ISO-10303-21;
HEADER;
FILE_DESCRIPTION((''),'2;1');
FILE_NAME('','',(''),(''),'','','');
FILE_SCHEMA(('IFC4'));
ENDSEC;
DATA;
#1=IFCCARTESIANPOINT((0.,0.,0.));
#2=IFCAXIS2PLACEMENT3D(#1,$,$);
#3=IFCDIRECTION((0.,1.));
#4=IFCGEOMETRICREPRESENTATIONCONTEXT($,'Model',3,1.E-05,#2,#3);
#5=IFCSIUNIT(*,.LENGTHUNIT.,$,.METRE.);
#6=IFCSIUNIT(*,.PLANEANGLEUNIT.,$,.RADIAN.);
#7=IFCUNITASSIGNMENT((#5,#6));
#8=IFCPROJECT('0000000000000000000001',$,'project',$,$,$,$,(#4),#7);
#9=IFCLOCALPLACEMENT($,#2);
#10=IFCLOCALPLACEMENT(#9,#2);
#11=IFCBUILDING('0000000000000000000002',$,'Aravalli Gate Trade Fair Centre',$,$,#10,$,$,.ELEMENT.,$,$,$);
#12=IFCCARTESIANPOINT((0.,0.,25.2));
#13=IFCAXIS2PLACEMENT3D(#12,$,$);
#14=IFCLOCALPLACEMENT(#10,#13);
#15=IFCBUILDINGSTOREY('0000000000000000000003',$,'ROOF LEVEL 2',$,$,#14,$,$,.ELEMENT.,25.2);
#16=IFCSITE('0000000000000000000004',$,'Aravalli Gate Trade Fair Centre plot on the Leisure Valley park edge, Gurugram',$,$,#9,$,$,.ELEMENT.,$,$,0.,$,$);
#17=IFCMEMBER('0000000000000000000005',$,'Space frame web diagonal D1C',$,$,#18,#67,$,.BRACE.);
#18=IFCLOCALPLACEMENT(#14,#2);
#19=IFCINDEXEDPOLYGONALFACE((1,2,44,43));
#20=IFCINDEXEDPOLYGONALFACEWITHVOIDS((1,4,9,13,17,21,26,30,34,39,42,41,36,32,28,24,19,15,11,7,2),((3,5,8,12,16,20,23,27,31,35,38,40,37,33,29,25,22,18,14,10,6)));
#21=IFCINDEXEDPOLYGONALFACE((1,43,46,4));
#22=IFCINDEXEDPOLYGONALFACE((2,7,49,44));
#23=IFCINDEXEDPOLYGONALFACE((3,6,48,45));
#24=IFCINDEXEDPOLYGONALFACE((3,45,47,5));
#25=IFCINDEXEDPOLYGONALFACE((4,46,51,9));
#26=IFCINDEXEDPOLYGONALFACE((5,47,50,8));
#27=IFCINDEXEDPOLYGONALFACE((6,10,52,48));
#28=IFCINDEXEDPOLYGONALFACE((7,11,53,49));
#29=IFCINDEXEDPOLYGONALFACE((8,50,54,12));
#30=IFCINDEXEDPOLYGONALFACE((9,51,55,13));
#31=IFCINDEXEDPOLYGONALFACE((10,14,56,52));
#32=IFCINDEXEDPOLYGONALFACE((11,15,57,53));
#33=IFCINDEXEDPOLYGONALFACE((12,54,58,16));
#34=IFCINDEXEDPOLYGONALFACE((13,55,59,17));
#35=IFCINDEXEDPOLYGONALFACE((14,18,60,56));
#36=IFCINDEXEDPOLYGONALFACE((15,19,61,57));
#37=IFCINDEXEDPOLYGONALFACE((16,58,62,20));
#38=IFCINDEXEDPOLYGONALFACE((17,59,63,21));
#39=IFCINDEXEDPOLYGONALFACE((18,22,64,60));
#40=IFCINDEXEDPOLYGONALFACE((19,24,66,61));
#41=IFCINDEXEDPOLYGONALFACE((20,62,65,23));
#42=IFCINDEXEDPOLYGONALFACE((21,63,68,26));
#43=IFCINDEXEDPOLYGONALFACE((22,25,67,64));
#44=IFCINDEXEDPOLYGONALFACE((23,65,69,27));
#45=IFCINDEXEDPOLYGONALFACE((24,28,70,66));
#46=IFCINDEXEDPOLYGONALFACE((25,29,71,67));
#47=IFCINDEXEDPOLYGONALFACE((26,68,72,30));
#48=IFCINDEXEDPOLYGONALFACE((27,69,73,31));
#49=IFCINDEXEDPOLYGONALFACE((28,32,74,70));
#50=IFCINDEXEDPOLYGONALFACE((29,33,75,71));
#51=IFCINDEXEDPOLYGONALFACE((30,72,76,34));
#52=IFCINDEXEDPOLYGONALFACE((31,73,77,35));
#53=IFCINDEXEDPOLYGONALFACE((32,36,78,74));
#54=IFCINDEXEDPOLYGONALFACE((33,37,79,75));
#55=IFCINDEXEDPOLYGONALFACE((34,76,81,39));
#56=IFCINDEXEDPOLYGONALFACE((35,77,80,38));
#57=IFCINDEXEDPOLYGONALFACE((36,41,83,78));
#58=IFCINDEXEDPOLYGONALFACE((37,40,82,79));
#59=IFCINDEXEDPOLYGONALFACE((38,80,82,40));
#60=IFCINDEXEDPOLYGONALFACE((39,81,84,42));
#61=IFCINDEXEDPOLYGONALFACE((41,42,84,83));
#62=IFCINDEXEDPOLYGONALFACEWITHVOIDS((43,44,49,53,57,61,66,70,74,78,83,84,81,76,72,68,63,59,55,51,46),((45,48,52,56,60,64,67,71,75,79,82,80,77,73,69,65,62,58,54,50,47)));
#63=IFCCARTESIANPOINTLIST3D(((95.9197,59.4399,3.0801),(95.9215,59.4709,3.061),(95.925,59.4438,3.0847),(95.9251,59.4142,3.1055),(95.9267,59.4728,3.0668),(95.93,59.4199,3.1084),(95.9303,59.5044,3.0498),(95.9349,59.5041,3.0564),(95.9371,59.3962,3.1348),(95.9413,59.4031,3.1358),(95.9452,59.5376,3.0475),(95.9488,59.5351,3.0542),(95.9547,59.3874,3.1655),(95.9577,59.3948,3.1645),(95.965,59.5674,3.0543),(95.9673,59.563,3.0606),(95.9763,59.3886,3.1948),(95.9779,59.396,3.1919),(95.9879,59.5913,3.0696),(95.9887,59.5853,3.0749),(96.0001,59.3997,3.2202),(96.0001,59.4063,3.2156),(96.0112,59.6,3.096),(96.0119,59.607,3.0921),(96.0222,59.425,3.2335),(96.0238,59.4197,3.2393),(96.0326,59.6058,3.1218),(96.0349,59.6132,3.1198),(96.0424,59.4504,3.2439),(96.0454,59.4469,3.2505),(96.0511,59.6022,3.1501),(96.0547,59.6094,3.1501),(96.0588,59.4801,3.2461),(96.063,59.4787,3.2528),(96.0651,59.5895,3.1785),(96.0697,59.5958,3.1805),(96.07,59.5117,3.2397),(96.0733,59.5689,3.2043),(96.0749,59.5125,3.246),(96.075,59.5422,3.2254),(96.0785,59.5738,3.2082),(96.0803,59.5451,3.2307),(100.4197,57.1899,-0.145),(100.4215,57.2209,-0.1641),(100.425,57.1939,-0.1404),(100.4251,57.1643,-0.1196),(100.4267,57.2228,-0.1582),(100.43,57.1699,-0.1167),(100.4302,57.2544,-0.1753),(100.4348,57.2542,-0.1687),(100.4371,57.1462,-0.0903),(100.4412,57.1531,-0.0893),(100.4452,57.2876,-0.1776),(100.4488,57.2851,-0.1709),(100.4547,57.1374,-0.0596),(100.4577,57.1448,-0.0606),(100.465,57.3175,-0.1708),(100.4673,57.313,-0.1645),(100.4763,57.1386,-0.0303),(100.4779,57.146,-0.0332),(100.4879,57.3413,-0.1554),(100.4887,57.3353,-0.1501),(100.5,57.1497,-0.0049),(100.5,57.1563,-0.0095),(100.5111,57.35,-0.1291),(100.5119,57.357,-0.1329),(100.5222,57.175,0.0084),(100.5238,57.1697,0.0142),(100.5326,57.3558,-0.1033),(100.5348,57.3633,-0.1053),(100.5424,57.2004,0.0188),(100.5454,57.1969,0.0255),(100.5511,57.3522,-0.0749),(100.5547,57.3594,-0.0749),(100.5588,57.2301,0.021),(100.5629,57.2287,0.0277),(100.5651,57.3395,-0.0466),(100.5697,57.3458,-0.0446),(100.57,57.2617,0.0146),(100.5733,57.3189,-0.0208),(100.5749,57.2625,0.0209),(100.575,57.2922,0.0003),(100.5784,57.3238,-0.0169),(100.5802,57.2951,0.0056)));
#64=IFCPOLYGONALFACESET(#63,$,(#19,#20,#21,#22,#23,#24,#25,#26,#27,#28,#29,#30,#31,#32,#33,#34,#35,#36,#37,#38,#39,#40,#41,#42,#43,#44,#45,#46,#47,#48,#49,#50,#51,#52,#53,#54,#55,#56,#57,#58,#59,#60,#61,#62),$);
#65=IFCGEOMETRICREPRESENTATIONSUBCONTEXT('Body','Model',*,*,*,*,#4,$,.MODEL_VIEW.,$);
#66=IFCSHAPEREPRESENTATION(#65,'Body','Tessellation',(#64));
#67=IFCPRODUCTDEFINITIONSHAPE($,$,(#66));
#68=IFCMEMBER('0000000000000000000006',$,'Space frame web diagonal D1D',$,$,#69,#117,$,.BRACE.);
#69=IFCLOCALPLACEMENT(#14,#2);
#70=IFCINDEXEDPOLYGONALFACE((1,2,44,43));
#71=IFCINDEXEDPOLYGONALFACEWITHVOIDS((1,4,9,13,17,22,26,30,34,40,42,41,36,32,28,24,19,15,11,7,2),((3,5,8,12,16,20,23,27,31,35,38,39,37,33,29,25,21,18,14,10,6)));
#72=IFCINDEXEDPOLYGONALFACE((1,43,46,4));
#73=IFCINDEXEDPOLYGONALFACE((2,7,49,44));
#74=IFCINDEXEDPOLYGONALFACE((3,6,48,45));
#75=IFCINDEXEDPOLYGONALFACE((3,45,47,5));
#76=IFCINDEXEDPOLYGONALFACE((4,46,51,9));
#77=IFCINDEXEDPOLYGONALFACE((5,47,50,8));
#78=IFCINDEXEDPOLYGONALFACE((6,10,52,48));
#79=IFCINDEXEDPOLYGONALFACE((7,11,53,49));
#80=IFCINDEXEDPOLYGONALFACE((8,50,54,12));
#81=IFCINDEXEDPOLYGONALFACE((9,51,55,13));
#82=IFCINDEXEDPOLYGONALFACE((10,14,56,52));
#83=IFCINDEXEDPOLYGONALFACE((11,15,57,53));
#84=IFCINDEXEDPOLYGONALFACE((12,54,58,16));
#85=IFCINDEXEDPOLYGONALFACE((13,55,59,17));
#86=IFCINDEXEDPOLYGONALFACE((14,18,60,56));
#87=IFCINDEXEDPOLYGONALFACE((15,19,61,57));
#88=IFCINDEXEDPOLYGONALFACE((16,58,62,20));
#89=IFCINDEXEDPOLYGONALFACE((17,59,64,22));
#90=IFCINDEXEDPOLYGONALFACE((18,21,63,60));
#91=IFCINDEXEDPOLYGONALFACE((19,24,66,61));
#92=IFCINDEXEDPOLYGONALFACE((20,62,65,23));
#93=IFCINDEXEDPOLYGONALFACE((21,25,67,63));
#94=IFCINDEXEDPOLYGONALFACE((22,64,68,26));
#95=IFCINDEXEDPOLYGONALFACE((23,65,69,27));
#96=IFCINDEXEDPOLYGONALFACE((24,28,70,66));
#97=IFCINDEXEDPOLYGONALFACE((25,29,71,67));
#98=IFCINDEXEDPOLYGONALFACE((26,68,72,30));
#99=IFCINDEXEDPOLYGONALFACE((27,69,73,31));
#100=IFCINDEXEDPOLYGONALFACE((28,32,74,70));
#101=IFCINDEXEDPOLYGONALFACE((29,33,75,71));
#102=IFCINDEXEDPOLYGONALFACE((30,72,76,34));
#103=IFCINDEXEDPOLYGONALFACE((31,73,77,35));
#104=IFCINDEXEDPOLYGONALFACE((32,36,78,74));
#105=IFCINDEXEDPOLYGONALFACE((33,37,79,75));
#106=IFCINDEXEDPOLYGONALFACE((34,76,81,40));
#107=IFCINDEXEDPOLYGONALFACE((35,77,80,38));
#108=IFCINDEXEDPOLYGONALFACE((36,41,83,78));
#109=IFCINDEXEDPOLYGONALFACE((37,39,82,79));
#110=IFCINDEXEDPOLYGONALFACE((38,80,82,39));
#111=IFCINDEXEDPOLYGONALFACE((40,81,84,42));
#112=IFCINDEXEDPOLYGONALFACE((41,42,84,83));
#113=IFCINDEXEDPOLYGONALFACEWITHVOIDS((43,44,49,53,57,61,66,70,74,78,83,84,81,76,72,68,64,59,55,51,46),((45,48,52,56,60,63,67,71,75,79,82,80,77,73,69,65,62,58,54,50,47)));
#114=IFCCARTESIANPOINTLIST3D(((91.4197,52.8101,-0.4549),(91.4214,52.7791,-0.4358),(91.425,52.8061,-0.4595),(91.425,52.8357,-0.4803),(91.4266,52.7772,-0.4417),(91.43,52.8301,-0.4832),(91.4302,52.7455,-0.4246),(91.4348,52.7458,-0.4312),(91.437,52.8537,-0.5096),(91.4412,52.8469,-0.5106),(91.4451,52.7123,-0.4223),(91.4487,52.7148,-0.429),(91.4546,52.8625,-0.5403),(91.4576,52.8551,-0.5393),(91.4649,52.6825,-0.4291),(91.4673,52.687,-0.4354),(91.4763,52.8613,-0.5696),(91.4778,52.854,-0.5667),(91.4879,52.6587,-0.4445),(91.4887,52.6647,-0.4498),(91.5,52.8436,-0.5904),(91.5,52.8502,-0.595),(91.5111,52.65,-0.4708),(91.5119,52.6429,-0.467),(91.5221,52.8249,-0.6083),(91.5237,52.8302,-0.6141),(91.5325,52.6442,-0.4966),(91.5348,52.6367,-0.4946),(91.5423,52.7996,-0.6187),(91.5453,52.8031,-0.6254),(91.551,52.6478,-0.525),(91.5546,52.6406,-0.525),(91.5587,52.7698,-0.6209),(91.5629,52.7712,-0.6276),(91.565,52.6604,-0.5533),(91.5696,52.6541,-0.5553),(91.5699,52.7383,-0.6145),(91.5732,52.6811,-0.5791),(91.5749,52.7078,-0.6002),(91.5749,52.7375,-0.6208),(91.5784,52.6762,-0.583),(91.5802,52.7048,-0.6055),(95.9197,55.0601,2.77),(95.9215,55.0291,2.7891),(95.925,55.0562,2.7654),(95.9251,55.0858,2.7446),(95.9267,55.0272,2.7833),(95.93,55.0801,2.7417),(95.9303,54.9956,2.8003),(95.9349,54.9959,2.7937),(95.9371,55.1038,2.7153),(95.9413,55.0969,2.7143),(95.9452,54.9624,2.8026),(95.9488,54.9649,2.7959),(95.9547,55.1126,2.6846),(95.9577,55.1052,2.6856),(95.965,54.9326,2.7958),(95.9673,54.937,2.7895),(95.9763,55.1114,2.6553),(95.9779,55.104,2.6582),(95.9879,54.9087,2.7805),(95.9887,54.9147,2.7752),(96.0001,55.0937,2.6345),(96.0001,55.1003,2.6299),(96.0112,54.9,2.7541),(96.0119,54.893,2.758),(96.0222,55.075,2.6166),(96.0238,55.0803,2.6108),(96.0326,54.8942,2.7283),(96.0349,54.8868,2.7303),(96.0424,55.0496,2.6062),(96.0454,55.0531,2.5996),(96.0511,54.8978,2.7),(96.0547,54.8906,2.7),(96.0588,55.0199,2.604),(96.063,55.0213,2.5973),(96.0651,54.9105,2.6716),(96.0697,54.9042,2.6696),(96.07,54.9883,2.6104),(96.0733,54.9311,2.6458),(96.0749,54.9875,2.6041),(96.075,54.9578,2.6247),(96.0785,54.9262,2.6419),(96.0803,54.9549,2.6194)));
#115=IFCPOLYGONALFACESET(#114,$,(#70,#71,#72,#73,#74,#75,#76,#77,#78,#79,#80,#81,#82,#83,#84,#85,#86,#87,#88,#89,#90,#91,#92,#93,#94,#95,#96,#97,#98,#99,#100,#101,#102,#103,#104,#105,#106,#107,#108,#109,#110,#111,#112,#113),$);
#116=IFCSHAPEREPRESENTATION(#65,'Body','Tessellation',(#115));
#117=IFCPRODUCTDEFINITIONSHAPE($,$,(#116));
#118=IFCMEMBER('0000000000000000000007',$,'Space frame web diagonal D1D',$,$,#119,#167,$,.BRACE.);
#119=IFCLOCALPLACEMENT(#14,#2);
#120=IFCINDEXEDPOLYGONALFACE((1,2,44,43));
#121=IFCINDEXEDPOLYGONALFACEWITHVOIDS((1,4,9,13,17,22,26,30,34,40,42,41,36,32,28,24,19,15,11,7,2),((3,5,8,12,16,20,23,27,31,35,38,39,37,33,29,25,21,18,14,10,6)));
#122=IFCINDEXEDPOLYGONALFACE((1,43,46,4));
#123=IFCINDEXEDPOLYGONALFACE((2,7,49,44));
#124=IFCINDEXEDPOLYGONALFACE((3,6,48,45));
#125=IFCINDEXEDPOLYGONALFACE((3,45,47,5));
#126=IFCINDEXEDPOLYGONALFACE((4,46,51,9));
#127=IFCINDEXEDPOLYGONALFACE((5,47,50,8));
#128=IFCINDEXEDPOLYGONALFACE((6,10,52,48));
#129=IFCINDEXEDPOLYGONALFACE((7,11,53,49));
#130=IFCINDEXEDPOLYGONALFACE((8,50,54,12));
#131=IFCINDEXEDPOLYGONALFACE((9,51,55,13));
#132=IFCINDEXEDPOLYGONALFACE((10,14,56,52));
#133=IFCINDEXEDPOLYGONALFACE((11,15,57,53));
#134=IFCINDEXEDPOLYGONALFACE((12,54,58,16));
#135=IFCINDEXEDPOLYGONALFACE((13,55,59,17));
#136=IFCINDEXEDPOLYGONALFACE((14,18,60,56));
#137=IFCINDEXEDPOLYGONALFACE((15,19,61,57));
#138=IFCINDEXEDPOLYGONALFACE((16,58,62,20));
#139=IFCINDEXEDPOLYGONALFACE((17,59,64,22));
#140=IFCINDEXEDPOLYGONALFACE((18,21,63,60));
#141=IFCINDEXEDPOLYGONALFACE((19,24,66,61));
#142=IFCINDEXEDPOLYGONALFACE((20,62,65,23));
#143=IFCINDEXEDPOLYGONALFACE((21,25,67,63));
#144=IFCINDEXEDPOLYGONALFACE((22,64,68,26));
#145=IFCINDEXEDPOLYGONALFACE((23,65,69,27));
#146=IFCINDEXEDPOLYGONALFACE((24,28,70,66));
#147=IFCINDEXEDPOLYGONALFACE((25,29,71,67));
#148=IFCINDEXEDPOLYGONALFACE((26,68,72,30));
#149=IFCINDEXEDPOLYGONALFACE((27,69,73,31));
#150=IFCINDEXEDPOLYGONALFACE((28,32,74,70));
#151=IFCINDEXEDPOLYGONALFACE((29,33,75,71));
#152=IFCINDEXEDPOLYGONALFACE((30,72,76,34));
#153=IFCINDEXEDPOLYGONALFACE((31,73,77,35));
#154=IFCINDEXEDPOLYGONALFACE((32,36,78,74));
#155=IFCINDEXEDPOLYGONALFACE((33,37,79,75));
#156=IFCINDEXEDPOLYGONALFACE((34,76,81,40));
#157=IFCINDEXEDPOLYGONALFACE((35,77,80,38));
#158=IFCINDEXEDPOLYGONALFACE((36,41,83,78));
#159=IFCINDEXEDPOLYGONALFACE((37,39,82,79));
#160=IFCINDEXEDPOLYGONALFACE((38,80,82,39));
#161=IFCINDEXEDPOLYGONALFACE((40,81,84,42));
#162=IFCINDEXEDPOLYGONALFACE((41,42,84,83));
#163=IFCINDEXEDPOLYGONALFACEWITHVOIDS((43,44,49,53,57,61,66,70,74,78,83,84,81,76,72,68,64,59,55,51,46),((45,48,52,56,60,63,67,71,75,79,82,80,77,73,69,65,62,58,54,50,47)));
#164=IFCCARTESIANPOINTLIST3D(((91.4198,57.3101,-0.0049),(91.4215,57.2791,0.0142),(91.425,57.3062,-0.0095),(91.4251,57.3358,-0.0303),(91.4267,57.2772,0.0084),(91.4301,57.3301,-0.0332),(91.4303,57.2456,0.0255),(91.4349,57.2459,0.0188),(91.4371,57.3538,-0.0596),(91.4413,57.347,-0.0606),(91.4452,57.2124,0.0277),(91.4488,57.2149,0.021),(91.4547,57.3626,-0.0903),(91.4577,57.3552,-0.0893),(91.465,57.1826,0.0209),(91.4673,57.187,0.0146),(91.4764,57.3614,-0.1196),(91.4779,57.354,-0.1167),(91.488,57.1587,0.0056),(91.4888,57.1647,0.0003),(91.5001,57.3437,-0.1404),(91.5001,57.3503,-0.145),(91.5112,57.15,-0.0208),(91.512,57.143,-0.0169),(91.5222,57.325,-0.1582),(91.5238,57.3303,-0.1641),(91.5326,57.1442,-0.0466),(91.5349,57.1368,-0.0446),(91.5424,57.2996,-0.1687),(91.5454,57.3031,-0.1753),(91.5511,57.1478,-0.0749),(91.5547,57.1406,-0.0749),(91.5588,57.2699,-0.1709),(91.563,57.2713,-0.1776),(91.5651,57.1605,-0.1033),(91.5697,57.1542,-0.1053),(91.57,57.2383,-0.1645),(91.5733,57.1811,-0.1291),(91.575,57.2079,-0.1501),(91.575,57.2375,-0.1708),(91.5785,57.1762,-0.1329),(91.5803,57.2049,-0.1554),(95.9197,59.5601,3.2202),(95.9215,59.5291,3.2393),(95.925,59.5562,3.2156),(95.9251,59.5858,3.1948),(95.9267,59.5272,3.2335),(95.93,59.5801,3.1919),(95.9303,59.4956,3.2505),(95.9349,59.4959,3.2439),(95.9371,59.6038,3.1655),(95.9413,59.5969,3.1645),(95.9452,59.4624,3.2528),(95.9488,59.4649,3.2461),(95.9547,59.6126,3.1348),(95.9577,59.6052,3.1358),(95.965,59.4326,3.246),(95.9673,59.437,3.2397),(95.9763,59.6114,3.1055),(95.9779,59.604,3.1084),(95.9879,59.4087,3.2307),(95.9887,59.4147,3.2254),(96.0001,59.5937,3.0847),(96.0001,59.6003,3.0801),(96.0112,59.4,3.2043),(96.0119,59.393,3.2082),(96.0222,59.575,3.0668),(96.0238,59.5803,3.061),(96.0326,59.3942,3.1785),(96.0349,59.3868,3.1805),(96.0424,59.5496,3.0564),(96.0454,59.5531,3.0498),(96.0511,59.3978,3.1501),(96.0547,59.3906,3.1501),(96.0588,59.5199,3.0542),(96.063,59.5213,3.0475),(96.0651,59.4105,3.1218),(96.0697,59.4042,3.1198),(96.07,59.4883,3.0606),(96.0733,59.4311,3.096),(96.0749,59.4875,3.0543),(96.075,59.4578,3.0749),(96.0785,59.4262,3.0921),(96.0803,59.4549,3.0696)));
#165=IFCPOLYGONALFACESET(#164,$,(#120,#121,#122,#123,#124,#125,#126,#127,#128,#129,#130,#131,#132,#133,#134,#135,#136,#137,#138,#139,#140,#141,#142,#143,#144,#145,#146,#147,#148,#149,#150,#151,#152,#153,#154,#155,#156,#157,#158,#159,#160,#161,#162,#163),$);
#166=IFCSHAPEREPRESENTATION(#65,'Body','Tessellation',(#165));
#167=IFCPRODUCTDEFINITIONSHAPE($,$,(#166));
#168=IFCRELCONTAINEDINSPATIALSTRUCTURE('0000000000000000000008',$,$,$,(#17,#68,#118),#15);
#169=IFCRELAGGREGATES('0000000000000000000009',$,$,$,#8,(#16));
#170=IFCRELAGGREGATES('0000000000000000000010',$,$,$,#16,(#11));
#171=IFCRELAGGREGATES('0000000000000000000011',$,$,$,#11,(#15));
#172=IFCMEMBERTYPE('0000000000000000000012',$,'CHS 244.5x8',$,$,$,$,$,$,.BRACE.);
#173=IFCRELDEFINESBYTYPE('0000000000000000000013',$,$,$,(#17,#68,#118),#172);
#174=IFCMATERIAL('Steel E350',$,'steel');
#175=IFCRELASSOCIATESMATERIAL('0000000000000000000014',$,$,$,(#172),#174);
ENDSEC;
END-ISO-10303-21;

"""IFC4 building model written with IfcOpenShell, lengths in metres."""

from ifc_helpers import new_model, si_unit, direction, frame, origin, origin_2d, place, context, subcontext, project, spatial, hollow_circle, extrude, material, material_profile, profile_set, type_object, element, save


model = new_model("IFC4")

# Units and contexts
model_context = context("Model", 3, precision=1e-05, world=origin(), true_north=direction((0.0, 1.0)))
body_context = subcontext(model_context, "Body", "Model", "MODEL_VIEW")
ifc_project = project(units=[si_unit("LENGTHUNIT", "METRE"), si_unit("PLANEANGLEUNIT", "RADIAN")], contexts=[model_context])

# Site, building, storey
site_placement = place(None, origin())
site = spatial("IfcSite", under=ifc_project, at=site_placement, Name="Aravalli Gate Trade Fair Centre plot on the Leisure Valley park edge, Gurugram", CompositionType="ELEMENT", RefElevation=0.0)
building_placement = place(site_placement, origin())
building = spatial("IfcBuilding", under=site, at=building_placement, Name="Aravalli Gate Trade Fair Centre", CompositionType="ELEMENT")
storey_placement = place(building_placement, frame((0.0, 0.0, 25.2)))
storey = spatial("IfcBuildingStorey", under=building, at=storey_placement, Name="ROOF LEVEL 2", CompositionType="ELEMENT", Elevation=25.2)

# Members
ifc_material = material(Name="Steel E350", Category="steel")
ifc_material_profile_1 = material_profile(ifc_material, hollow_circle(Radius=0.1223, WallThickness=0.0081, at=origin_2d()), Name="CHS 244.5x8")
ifc_profile_set_1 = profile_set([ifc_material_profile_1], Name="Steel E350")
member_type_1 = type_object("IfcMemberType", Name="CHS 244.5x8", PredefinedType="BRACE", material=ifc_profile_set_1)
for number, where, z_axis, x_axis, name in (
    (1, (96.0, 59.5, 3.1501), (0.753, -0.3765, -0.539666), (0.447214, 0.894427, 0.0), "Space frame web diagonal D1C"),
    (2, (96.0, 55.0, 2.7), (-0.753016, -0.376508, -0.539637), (0.447214, -0.894427, 0.0), "Space frame web diagonal D1D"),
    (3, (96.0, 59.5, 3.1501), (-0.753, -0.3765, -0.539666), (0.447214, -0.894427, 0.0), "Space frame web diagonal D1D"),
):
    element("IfcMember", number, at=place(storey_placement, frame(where, z_axis=z_axis, x_axis=x_axis)), inside=storey, type_object=member_type_1, Name=name, PredefinedType="BRACE", context=body_context, shape_type="SweptSolid", body=[
        extrude(hollow_circle(Radius=0.1223, WallThickness=0.0081, at=origin_2d()), origin(), (0.0, 0.0, 1.0), 5.9761),
    ])

save(model, "model.ifc")
